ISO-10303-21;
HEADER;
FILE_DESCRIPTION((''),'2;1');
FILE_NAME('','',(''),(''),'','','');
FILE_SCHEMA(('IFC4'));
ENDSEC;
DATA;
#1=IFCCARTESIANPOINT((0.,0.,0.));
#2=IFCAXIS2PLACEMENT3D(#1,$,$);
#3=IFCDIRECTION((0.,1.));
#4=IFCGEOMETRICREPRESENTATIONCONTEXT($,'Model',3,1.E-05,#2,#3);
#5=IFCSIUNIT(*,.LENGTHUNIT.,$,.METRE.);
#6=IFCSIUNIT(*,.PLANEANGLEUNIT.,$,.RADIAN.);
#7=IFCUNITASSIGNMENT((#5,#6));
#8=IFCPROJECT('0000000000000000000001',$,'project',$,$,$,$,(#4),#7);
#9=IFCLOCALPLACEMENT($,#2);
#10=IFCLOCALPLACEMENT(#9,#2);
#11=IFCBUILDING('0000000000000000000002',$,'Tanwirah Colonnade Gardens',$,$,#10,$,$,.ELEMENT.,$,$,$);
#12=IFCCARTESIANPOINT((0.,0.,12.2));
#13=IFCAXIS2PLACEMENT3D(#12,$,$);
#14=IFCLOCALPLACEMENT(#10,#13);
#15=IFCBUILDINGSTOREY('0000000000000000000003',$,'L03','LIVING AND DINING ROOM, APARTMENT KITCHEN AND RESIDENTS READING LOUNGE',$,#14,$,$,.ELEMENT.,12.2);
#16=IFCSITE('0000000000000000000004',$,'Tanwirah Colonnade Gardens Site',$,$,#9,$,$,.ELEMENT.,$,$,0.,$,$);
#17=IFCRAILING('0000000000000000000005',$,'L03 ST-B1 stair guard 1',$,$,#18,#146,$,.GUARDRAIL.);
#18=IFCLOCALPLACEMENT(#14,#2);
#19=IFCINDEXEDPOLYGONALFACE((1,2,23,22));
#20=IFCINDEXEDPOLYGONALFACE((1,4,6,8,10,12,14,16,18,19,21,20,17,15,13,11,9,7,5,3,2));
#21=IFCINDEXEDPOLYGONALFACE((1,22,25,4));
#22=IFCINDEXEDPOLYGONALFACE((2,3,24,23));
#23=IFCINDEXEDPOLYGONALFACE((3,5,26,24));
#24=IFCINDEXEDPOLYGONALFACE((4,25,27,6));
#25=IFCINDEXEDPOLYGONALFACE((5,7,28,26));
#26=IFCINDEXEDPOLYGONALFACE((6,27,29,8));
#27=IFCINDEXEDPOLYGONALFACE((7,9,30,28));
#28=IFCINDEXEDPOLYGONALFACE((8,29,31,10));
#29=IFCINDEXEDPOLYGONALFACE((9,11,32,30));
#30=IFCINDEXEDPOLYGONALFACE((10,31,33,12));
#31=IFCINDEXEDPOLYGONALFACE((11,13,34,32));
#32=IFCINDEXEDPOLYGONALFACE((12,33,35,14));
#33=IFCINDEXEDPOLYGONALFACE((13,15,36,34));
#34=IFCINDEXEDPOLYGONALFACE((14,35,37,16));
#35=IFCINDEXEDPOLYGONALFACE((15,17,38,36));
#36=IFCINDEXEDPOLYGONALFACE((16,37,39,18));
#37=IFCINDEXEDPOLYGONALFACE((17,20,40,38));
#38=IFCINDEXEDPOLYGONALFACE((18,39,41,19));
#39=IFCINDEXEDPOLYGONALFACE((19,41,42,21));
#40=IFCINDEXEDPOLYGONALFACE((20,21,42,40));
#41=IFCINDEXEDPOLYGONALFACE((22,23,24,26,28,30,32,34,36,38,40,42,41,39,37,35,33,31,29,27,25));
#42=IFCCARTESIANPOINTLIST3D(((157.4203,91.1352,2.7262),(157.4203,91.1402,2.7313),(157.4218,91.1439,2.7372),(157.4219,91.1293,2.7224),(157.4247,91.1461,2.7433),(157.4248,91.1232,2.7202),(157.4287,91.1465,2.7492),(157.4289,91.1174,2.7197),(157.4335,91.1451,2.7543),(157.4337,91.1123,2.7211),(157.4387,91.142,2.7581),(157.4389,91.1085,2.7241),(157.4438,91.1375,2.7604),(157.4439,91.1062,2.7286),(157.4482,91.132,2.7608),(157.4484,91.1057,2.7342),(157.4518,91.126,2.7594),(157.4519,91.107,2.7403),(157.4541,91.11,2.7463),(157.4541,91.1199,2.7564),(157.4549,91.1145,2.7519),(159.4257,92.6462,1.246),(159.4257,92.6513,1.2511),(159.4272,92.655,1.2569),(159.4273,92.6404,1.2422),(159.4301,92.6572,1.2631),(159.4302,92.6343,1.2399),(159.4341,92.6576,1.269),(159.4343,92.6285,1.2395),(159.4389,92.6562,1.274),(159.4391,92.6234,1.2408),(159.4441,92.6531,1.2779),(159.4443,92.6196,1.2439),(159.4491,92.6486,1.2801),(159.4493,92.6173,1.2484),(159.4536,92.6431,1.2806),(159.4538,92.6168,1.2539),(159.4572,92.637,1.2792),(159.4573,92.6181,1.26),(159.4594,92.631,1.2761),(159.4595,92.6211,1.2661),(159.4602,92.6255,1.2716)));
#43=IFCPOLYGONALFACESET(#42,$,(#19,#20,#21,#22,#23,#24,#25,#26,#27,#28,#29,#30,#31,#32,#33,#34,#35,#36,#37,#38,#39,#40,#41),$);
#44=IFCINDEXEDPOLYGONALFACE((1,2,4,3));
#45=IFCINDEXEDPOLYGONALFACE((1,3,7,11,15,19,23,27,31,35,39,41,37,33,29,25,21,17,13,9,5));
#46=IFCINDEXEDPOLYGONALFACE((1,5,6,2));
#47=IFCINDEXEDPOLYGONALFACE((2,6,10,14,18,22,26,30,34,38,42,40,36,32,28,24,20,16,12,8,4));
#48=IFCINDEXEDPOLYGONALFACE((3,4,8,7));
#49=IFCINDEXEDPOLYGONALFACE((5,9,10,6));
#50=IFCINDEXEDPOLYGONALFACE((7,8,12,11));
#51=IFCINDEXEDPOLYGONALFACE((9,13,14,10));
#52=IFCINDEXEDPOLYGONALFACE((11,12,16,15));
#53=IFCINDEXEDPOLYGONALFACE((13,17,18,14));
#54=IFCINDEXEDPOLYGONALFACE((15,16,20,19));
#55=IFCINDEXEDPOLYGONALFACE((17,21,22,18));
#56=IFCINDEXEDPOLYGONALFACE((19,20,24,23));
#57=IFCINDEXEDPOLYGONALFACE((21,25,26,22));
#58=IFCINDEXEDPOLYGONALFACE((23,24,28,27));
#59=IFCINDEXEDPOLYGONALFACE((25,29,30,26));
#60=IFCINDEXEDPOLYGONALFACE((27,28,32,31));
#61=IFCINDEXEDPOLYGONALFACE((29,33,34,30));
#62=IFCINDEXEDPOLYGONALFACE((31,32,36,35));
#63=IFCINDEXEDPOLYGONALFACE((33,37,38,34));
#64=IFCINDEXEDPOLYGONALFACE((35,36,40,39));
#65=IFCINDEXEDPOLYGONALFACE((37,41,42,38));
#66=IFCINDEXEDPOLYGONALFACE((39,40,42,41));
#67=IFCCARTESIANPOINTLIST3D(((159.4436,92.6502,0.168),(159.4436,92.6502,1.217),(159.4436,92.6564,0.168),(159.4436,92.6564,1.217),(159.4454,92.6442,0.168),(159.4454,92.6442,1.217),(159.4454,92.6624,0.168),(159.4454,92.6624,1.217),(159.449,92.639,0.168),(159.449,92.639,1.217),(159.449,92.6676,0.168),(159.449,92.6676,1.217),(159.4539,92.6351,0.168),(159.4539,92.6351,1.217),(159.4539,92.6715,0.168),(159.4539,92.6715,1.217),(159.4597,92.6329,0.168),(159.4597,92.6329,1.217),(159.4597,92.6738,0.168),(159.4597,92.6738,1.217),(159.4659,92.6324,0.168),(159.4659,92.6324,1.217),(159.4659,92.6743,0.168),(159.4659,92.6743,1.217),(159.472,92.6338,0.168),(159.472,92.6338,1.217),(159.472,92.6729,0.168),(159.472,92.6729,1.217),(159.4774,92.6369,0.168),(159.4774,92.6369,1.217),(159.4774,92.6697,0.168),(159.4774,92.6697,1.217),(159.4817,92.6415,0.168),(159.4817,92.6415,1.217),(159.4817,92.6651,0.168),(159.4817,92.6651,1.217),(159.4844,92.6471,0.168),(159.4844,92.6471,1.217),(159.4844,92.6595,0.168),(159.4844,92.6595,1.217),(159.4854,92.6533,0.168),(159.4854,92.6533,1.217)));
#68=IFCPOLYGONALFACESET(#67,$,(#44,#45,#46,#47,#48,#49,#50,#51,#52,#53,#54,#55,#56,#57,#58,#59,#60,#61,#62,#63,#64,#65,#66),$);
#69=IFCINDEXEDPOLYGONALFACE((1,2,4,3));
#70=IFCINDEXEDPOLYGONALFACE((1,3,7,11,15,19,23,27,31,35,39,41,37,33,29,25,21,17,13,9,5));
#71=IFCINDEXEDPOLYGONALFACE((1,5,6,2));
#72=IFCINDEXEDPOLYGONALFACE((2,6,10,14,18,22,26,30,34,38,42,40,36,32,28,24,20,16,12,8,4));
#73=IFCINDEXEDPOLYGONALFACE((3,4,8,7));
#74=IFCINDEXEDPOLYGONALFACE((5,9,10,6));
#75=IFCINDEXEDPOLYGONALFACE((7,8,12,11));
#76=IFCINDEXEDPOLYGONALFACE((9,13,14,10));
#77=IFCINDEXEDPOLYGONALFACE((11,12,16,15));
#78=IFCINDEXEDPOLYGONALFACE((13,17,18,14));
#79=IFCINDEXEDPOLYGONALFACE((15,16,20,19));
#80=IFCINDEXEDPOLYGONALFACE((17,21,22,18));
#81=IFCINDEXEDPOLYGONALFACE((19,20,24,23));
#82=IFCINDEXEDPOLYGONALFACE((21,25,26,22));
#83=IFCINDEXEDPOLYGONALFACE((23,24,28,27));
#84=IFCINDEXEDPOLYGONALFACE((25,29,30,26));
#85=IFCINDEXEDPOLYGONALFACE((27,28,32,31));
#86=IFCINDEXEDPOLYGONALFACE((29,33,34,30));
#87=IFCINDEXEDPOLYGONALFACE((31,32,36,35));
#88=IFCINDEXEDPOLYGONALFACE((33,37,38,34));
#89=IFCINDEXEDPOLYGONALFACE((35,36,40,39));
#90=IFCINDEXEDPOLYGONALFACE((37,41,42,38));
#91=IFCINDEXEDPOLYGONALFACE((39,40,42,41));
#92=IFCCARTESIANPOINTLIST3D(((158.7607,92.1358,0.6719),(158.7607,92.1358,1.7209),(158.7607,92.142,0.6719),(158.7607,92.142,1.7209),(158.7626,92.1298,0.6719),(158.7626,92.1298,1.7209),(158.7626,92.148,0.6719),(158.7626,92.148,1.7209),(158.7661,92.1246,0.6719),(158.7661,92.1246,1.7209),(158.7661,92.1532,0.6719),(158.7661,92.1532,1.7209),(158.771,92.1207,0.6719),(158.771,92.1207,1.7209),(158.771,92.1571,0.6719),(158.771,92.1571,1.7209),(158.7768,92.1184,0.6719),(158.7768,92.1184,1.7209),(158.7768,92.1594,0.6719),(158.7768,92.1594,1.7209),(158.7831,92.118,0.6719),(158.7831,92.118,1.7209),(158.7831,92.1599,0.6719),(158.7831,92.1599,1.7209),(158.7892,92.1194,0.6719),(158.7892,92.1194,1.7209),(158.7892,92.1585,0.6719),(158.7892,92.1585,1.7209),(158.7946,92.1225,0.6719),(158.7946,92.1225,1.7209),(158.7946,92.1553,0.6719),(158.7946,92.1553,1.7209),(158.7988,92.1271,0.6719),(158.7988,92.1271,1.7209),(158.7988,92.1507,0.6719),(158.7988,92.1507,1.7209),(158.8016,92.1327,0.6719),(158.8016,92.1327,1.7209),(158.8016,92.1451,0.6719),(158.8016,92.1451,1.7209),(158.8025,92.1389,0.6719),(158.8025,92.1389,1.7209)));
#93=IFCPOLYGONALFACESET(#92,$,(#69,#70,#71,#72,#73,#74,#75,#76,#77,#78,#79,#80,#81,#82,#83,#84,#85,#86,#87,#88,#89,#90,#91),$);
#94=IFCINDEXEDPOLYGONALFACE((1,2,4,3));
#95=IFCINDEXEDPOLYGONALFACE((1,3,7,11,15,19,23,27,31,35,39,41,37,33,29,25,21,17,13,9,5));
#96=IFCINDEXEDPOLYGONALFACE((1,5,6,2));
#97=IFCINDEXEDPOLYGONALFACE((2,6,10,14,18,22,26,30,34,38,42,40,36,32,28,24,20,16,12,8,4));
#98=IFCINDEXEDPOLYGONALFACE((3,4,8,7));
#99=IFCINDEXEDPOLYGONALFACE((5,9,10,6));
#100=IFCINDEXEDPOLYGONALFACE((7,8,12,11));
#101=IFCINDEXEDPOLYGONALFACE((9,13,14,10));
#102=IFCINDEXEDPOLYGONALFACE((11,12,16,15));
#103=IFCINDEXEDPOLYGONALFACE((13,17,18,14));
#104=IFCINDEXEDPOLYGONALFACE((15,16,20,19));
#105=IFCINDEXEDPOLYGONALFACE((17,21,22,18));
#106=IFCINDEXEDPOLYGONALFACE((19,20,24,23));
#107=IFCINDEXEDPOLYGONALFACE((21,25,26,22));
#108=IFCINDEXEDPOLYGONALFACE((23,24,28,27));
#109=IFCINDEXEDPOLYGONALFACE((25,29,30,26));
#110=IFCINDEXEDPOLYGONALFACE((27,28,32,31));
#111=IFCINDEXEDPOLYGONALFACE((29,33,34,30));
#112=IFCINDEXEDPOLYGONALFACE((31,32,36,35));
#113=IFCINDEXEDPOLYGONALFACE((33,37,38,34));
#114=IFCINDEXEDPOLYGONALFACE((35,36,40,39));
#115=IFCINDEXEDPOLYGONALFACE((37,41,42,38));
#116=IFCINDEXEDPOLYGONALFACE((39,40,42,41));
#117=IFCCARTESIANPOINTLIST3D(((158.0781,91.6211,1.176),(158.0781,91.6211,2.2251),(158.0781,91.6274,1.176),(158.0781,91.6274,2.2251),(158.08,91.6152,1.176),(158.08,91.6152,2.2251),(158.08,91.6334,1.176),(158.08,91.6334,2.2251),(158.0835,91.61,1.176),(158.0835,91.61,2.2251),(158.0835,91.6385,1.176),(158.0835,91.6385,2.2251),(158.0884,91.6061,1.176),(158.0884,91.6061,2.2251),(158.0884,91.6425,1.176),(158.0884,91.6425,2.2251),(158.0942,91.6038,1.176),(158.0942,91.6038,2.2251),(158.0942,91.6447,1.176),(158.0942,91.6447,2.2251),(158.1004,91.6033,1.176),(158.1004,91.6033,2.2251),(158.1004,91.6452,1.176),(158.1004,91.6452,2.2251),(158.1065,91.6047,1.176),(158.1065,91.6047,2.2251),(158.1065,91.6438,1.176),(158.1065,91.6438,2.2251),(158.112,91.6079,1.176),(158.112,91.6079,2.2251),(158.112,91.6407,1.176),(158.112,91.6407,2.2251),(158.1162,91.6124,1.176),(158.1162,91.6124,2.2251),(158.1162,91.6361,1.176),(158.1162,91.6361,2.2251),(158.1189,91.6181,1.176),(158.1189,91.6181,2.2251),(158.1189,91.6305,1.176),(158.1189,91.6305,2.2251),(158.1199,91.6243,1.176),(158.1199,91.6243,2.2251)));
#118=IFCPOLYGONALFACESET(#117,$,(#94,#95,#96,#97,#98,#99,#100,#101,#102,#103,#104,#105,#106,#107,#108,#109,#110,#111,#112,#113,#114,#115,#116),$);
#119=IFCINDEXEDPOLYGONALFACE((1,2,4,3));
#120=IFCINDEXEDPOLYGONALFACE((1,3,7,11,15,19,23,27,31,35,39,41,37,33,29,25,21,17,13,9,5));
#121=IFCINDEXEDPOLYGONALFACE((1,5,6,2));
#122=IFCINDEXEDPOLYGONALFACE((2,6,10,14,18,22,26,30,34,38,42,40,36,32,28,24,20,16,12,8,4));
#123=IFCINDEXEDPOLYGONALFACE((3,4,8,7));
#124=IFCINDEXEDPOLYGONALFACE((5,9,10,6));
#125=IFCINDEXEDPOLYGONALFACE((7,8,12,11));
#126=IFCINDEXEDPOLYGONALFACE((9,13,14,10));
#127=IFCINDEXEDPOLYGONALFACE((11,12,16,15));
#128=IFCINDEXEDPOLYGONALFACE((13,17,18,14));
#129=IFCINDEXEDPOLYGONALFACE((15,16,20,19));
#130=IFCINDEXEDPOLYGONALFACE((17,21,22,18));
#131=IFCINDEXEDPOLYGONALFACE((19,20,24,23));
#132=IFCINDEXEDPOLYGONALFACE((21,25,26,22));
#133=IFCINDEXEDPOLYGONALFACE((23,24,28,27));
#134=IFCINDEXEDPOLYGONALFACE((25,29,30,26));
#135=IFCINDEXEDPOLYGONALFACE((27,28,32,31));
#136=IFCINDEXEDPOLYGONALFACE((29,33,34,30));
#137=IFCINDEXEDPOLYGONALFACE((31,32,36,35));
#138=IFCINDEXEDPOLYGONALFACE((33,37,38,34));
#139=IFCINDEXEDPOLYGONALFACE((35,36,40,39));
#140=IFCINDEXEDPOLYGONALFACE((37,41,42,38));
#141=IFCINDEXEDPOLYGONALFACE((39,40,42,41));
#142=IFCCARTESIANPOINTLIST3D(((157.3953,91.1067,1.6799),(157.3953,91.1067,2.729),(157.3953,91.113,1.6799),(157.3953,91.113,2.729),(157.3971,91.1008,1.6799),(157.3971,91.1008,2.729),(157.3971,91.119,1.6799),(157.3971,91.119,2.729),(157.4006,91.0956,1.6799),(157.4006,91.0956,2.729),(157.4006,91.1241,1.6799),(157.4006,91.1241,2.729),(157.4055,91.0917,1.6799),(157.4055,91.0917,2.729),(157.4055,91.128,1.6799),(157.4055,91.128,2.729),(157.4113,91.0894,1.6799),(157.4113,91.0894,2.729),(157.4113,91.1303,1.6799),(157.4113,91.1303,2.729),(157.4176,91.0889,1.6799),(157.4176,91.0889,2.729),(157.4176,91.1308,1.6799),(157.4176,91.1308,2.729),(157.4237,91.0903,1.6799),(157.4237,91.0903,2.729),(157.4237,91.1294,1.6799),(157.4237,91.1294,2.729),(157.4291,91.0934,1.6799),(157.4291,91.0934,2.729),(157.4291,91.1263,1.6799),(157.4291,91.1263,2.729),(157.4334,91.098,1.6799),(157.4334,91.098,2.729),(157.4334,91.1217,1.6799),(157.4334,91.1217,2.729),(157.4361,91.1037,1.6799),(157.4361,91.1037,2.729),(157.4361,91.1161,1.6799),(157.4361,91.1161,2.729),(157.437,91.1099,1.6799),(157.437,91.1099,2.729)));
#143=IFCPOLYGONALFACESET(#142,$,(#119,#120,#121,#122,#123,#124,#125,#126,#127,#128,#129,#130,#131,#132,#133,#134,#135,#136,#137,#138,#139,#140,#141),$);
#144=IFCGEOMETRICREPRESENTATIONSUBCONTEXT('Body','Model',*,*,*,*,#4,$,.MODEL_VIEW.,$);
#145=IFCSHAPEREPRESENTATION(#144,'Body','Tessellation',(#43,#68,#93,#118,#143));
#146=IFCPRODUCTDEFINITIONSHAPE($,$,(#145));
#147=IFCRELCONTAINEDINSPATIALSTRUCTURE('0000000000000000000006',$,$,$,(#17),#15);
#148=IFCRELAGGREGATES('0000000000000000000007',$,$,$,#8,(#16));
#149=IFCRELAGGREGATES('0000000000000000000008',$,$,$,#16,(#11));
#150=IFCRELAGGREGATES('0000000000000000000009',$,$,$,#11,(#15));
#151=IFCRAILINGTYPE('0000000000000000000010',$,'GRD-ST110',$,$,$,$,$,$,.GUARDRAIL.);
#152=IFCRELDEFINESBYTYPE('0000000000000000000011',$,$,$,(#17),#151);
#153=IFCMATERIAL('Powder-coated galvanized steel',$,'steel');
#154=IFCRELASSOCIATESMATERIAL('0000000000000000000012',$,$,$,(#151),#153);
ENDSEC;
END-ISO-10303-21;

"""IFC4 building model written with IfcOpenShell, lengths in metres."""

from ifc_helpers import new_model, si_unit, direction, frame, origin, origin_2d, place, context, subcontext, project, spatial, circle, extrude, material, type_object, element, save


model = new_model("IFC4")

# Units and contexts
model_context = context("Model", 3, precision=1e-05, world=origin(), true_north=direction((0.0, 1.0)))
body_context = subcontext(model_context, "Body", "Model", "MODEL_VIEW")
ifc_project = project(units=[si_unit("LENGTHUNIT", "METRE"), si_unit("PLANEANGLEUNIT", "RADIAN")], contexts=[model_context])

# Site, building, storey
site_placement = place(None, origin())
site = spatial("IfcSite", under=ifc_project, at=site_placement, Name="Tanwirah Colonnade Gardens Site", CompositionType="ELEMENT", RefElevation=0.0)
building_placement = place(site_placement, origin())
building = spatial("IfcBuilding", under=site, at=building_placement, Name="Tanwirah Colonnade Gardens", CompositionType="ELEMENT")
storey_placement = place(building_placement, frame((0.0, 0.0, 12.2)))
storey = spatial("IfcBuildingStorey", under=building, at=storey_placement, Name="L03", Description="LIVING AND DINING ROOM, APARTMENT KITCHEN AND RESIDENTS READING LOUNGE", CompositionType="ELEMENT", Elevation=12.2)

# Railing
ifc_material_1 = material(Name="Powder-coated galvanized steel", Category="steel")
railing_type_1 = type_object("IfcRailingType", Name="GRD-ST110", PredefinedType="GUARDRAIL", material=ifc_material_1)
railing_1_placement = place(storey_placement, frame((159.4644, 92.6533, 0.168)))
element("IfcRailing", 1, at=railing_1_placement, inside=storey, type_object=railing_type_1, Name="L03 ST-B1 stair guard 1", PredefinedType="GUARDRAIL", context=body_context, shape_type="SweptSolid", body=[
    extrude(circle(Radius=0.0239, at=origin_2d()), frame((-0.0215, -0.0161, 1.092), z_axis=(-0.687998, -0.518418, 0.50784), x_axis=(0.601796, -0.79865, 0.0)), (0.0, 0.0, 1.0), 2.9148),
    extrude(circle(Radius=0.021, at=origin_2d()), origin(), (0.0, 0.0, 1.0), 1.0491),
    extrude(circle(Radius=0.021, at=origin_2d()), frame((-0.6829, -0.5144, 0.5039)), (0.0, 0.0, 1.0), 1.0491),
    extrude(circle(Radius=0.021, at=origin_2d()), frame((-1.3655, -1.0291, 1.0081)), (0.0, 0.0, 1.0), 1.0491),
    extrude(circle(Radius=0.021, at=origin_2d()), frame((-2.0483, -1.5435, 1.512)), (0.0, 0.0, 1.0), 1.0491),
])

save(model, "model.ifc")
